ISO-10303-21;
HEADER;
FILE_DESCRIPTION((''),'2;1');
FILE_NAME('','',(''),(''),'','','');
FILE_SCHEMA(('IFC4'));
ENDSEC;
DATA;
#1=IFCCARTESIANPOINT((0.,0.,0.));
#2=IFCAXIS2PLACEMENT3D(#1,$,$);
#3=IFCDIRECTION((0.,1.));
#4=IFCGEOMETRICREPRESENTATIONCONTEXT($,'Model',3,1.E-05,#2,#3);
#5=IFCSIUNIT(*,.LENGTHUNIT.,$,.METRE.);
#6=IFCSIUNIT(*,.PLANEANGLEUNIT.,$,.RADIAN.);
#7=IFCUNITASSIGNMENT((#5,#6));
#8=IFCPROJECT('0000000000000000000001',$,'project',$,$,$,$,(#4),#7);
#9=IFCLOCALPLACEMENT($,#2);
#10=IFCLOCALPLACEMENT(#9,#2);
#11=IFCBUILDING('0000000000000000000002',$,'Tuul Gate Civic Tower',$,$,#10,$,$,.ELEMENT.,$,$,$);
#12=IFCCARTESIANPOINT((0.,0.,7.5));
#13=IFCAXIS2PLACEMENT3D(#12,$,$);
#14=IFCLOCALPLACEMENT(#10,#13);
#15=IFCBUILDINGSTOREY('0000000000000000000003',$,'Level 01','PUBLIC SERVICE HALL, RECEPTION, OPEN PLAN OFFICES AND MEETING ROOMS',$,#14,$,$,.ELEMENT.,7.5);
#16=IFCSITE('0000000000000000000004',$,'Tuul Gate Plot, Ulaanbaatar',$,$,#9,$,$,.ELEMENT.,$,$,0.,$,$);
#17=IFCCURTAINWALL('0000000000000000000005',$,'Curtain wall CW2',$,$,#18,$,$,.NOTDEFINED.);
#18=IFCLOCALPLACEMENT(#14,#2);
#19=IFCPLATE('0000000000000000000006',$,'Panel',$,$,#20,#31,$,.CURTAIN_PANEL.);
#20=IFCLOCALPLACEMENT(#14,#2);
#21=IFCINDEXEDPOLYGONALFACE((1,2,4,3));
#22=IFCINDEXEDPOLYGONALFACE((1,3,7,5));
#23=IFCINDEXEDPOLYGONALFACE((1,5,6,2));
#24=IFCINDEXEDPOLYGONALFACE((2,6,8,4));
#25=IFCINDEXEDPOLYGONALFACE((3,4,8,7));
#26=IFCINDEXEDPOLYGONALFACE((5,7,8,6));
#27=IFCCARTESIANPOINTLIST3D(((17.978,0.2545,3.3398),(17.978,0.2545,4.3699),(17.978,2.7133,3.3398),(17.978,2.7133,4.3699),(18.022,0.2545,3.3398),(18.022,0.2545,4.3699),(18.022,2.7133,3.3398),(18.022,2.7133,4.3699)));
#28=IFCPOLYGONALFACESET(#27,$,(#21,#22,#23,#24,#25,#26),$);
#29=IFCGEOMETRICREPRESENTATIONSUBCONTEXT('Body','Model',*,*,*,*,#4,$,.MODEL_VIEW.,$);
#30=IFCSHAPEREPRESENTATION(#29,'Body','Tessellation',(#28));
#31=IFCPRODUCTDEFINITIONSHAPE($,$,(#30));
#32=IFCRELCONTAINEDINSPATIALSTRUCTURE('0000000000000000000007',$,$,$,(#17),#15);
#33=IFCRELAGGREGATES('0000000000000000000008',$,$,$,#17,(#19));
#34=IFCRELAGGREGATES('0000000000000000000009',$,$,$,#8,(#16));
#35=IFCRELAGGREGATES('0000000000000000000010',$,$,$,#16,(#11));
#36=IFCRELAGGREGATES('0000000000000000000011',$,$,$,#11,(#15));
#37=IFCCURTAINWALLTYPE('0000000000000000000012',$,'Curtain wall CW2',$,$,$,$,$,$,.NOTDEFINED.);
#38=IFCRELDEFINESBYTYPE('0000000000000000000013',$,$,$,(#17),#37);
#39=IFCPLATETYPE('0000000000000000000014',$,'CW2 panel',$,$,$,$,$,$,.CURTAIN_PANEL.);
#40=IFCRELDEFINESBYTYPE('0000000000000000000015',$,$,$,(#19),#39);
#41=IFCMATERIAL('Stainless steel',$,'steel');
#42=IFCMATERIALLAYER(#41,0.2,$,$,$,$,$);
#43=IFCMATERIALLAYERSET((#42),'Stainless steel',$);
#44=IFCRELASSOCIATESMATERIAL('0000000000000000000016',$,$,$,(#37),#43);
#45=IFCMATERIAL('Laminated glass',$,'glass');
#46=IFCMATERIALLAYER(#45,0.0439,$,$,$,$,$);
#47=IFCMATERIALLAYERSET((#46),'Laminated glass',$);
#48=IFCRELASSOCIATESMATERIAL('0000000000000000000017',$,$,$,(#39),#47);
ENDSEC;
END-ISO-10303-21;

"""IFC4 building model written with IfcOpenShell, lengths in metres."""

from ifc_helpers import new_model, si_unit, direction, frame, origin, origin_2d, place, context, subcontext, project, spatial, rectangle, extrude, material, layer, layer_set, type_object, element, aggregate, save


model = new_model("IFC4")

# Units and contexts
model_context = context("Model", 3, precision=1e-05, world=origin(), true_north=direction((0.0, 1.0)))
body_context = subcontext(model_context, "Body", "Model", "MODEL_VIEW")
ifc_project = project(units=[si_unit("LENGTHUNIT", "METRE"), si_unit("PLANEANGLEUNIT", "RADIAN")], contexts=[model_context])

# Site, building, storey
site_placement = place(None, origin())
site = spatial("IfcSite", under=ifc_project, at=site_placement, Name="Tuul Gate Plot, Ulaanbaatar", CompositionType="ELEMENT", RefElevation=0.0)
building_placement = place(site_placement, origin())
building = spatial("IfcBuilding", under=site, at=building_placement, Name="Tuul Gate Civic Tower", CompositionType="ELEMENT")
storey_placement = place(building_placement, frame((0.0, 0.0, 7.5)))
storey = spatial("IfcBuildingStorey", under=building, at=storey_placement, Name="Level 01", Description="PUBLIC SERVICE HALL, RECEPTION, OPEN PLAN OFFICES AND MEETING ROOMS", CompositionType="ELEMENT", Elevation=7.5)

# Shared definitions
ifc_material_1 = material(Name="Stainless steel", Category="steel")
ifc_layer_1 = layer(ifc_material_1, 0.2)
ifc_layer_set_1 = layer_set([ifc_layer_1], Name="Stainless steel")
curtain_wall_type = type_object("IfcCurtainWallType", Name="Curtain wall CW2", PredefinedType="NOTDEFINED", material=ifc_layer_set_1)

# Curtain wall
curtain_wall_1_placement = place(storey_placement, origin())
curtain_wall_1 = element("IfcCurtainWall", 1, at=curtain_wall_1_placement, inside=storey, type_object=curtain_wall_type, Name="Curtain wall CW2", PredefinedType="NOTDEFINED")

# Plate
ifc_material_2 = material(Name="Laminated glass", Category="glass")
ifc_layer_2 = layer(ifc_material_2, 0.0439)
ifc_layer_set_2 = layer_set([ifc_layer_2], Name="Laminated glass")
plate_type = type_object("IfcPlateType", Name="CW2 panel", PredefinedType="CURTAIN_PANEL", material=ifc_layer_set_2)
plate_1_placement = place(storey_placement, frame((18.0, 1.4839, 3.3398), z_axis=(0.0, 0.0, 1.0), x_axis=(0.0, 1.0, 0.0)))
plate_1 = element("IfcPlate", 2, at=plate_1_placement, type_object=plate_type, Name="Panel", PredefinedType="CURTAIN_PANEL", context=body_context, shape_type="SweptSolid", body=[
    extrude(rectangle(XDim=2.4587, YDim=0.0439, at=origin_2d()), origin(), (0.0, 0.0, 1.0), 1.03),
])
aggregate(curtain_wall_1, [plate_1])

save(model, "model.ifc")
